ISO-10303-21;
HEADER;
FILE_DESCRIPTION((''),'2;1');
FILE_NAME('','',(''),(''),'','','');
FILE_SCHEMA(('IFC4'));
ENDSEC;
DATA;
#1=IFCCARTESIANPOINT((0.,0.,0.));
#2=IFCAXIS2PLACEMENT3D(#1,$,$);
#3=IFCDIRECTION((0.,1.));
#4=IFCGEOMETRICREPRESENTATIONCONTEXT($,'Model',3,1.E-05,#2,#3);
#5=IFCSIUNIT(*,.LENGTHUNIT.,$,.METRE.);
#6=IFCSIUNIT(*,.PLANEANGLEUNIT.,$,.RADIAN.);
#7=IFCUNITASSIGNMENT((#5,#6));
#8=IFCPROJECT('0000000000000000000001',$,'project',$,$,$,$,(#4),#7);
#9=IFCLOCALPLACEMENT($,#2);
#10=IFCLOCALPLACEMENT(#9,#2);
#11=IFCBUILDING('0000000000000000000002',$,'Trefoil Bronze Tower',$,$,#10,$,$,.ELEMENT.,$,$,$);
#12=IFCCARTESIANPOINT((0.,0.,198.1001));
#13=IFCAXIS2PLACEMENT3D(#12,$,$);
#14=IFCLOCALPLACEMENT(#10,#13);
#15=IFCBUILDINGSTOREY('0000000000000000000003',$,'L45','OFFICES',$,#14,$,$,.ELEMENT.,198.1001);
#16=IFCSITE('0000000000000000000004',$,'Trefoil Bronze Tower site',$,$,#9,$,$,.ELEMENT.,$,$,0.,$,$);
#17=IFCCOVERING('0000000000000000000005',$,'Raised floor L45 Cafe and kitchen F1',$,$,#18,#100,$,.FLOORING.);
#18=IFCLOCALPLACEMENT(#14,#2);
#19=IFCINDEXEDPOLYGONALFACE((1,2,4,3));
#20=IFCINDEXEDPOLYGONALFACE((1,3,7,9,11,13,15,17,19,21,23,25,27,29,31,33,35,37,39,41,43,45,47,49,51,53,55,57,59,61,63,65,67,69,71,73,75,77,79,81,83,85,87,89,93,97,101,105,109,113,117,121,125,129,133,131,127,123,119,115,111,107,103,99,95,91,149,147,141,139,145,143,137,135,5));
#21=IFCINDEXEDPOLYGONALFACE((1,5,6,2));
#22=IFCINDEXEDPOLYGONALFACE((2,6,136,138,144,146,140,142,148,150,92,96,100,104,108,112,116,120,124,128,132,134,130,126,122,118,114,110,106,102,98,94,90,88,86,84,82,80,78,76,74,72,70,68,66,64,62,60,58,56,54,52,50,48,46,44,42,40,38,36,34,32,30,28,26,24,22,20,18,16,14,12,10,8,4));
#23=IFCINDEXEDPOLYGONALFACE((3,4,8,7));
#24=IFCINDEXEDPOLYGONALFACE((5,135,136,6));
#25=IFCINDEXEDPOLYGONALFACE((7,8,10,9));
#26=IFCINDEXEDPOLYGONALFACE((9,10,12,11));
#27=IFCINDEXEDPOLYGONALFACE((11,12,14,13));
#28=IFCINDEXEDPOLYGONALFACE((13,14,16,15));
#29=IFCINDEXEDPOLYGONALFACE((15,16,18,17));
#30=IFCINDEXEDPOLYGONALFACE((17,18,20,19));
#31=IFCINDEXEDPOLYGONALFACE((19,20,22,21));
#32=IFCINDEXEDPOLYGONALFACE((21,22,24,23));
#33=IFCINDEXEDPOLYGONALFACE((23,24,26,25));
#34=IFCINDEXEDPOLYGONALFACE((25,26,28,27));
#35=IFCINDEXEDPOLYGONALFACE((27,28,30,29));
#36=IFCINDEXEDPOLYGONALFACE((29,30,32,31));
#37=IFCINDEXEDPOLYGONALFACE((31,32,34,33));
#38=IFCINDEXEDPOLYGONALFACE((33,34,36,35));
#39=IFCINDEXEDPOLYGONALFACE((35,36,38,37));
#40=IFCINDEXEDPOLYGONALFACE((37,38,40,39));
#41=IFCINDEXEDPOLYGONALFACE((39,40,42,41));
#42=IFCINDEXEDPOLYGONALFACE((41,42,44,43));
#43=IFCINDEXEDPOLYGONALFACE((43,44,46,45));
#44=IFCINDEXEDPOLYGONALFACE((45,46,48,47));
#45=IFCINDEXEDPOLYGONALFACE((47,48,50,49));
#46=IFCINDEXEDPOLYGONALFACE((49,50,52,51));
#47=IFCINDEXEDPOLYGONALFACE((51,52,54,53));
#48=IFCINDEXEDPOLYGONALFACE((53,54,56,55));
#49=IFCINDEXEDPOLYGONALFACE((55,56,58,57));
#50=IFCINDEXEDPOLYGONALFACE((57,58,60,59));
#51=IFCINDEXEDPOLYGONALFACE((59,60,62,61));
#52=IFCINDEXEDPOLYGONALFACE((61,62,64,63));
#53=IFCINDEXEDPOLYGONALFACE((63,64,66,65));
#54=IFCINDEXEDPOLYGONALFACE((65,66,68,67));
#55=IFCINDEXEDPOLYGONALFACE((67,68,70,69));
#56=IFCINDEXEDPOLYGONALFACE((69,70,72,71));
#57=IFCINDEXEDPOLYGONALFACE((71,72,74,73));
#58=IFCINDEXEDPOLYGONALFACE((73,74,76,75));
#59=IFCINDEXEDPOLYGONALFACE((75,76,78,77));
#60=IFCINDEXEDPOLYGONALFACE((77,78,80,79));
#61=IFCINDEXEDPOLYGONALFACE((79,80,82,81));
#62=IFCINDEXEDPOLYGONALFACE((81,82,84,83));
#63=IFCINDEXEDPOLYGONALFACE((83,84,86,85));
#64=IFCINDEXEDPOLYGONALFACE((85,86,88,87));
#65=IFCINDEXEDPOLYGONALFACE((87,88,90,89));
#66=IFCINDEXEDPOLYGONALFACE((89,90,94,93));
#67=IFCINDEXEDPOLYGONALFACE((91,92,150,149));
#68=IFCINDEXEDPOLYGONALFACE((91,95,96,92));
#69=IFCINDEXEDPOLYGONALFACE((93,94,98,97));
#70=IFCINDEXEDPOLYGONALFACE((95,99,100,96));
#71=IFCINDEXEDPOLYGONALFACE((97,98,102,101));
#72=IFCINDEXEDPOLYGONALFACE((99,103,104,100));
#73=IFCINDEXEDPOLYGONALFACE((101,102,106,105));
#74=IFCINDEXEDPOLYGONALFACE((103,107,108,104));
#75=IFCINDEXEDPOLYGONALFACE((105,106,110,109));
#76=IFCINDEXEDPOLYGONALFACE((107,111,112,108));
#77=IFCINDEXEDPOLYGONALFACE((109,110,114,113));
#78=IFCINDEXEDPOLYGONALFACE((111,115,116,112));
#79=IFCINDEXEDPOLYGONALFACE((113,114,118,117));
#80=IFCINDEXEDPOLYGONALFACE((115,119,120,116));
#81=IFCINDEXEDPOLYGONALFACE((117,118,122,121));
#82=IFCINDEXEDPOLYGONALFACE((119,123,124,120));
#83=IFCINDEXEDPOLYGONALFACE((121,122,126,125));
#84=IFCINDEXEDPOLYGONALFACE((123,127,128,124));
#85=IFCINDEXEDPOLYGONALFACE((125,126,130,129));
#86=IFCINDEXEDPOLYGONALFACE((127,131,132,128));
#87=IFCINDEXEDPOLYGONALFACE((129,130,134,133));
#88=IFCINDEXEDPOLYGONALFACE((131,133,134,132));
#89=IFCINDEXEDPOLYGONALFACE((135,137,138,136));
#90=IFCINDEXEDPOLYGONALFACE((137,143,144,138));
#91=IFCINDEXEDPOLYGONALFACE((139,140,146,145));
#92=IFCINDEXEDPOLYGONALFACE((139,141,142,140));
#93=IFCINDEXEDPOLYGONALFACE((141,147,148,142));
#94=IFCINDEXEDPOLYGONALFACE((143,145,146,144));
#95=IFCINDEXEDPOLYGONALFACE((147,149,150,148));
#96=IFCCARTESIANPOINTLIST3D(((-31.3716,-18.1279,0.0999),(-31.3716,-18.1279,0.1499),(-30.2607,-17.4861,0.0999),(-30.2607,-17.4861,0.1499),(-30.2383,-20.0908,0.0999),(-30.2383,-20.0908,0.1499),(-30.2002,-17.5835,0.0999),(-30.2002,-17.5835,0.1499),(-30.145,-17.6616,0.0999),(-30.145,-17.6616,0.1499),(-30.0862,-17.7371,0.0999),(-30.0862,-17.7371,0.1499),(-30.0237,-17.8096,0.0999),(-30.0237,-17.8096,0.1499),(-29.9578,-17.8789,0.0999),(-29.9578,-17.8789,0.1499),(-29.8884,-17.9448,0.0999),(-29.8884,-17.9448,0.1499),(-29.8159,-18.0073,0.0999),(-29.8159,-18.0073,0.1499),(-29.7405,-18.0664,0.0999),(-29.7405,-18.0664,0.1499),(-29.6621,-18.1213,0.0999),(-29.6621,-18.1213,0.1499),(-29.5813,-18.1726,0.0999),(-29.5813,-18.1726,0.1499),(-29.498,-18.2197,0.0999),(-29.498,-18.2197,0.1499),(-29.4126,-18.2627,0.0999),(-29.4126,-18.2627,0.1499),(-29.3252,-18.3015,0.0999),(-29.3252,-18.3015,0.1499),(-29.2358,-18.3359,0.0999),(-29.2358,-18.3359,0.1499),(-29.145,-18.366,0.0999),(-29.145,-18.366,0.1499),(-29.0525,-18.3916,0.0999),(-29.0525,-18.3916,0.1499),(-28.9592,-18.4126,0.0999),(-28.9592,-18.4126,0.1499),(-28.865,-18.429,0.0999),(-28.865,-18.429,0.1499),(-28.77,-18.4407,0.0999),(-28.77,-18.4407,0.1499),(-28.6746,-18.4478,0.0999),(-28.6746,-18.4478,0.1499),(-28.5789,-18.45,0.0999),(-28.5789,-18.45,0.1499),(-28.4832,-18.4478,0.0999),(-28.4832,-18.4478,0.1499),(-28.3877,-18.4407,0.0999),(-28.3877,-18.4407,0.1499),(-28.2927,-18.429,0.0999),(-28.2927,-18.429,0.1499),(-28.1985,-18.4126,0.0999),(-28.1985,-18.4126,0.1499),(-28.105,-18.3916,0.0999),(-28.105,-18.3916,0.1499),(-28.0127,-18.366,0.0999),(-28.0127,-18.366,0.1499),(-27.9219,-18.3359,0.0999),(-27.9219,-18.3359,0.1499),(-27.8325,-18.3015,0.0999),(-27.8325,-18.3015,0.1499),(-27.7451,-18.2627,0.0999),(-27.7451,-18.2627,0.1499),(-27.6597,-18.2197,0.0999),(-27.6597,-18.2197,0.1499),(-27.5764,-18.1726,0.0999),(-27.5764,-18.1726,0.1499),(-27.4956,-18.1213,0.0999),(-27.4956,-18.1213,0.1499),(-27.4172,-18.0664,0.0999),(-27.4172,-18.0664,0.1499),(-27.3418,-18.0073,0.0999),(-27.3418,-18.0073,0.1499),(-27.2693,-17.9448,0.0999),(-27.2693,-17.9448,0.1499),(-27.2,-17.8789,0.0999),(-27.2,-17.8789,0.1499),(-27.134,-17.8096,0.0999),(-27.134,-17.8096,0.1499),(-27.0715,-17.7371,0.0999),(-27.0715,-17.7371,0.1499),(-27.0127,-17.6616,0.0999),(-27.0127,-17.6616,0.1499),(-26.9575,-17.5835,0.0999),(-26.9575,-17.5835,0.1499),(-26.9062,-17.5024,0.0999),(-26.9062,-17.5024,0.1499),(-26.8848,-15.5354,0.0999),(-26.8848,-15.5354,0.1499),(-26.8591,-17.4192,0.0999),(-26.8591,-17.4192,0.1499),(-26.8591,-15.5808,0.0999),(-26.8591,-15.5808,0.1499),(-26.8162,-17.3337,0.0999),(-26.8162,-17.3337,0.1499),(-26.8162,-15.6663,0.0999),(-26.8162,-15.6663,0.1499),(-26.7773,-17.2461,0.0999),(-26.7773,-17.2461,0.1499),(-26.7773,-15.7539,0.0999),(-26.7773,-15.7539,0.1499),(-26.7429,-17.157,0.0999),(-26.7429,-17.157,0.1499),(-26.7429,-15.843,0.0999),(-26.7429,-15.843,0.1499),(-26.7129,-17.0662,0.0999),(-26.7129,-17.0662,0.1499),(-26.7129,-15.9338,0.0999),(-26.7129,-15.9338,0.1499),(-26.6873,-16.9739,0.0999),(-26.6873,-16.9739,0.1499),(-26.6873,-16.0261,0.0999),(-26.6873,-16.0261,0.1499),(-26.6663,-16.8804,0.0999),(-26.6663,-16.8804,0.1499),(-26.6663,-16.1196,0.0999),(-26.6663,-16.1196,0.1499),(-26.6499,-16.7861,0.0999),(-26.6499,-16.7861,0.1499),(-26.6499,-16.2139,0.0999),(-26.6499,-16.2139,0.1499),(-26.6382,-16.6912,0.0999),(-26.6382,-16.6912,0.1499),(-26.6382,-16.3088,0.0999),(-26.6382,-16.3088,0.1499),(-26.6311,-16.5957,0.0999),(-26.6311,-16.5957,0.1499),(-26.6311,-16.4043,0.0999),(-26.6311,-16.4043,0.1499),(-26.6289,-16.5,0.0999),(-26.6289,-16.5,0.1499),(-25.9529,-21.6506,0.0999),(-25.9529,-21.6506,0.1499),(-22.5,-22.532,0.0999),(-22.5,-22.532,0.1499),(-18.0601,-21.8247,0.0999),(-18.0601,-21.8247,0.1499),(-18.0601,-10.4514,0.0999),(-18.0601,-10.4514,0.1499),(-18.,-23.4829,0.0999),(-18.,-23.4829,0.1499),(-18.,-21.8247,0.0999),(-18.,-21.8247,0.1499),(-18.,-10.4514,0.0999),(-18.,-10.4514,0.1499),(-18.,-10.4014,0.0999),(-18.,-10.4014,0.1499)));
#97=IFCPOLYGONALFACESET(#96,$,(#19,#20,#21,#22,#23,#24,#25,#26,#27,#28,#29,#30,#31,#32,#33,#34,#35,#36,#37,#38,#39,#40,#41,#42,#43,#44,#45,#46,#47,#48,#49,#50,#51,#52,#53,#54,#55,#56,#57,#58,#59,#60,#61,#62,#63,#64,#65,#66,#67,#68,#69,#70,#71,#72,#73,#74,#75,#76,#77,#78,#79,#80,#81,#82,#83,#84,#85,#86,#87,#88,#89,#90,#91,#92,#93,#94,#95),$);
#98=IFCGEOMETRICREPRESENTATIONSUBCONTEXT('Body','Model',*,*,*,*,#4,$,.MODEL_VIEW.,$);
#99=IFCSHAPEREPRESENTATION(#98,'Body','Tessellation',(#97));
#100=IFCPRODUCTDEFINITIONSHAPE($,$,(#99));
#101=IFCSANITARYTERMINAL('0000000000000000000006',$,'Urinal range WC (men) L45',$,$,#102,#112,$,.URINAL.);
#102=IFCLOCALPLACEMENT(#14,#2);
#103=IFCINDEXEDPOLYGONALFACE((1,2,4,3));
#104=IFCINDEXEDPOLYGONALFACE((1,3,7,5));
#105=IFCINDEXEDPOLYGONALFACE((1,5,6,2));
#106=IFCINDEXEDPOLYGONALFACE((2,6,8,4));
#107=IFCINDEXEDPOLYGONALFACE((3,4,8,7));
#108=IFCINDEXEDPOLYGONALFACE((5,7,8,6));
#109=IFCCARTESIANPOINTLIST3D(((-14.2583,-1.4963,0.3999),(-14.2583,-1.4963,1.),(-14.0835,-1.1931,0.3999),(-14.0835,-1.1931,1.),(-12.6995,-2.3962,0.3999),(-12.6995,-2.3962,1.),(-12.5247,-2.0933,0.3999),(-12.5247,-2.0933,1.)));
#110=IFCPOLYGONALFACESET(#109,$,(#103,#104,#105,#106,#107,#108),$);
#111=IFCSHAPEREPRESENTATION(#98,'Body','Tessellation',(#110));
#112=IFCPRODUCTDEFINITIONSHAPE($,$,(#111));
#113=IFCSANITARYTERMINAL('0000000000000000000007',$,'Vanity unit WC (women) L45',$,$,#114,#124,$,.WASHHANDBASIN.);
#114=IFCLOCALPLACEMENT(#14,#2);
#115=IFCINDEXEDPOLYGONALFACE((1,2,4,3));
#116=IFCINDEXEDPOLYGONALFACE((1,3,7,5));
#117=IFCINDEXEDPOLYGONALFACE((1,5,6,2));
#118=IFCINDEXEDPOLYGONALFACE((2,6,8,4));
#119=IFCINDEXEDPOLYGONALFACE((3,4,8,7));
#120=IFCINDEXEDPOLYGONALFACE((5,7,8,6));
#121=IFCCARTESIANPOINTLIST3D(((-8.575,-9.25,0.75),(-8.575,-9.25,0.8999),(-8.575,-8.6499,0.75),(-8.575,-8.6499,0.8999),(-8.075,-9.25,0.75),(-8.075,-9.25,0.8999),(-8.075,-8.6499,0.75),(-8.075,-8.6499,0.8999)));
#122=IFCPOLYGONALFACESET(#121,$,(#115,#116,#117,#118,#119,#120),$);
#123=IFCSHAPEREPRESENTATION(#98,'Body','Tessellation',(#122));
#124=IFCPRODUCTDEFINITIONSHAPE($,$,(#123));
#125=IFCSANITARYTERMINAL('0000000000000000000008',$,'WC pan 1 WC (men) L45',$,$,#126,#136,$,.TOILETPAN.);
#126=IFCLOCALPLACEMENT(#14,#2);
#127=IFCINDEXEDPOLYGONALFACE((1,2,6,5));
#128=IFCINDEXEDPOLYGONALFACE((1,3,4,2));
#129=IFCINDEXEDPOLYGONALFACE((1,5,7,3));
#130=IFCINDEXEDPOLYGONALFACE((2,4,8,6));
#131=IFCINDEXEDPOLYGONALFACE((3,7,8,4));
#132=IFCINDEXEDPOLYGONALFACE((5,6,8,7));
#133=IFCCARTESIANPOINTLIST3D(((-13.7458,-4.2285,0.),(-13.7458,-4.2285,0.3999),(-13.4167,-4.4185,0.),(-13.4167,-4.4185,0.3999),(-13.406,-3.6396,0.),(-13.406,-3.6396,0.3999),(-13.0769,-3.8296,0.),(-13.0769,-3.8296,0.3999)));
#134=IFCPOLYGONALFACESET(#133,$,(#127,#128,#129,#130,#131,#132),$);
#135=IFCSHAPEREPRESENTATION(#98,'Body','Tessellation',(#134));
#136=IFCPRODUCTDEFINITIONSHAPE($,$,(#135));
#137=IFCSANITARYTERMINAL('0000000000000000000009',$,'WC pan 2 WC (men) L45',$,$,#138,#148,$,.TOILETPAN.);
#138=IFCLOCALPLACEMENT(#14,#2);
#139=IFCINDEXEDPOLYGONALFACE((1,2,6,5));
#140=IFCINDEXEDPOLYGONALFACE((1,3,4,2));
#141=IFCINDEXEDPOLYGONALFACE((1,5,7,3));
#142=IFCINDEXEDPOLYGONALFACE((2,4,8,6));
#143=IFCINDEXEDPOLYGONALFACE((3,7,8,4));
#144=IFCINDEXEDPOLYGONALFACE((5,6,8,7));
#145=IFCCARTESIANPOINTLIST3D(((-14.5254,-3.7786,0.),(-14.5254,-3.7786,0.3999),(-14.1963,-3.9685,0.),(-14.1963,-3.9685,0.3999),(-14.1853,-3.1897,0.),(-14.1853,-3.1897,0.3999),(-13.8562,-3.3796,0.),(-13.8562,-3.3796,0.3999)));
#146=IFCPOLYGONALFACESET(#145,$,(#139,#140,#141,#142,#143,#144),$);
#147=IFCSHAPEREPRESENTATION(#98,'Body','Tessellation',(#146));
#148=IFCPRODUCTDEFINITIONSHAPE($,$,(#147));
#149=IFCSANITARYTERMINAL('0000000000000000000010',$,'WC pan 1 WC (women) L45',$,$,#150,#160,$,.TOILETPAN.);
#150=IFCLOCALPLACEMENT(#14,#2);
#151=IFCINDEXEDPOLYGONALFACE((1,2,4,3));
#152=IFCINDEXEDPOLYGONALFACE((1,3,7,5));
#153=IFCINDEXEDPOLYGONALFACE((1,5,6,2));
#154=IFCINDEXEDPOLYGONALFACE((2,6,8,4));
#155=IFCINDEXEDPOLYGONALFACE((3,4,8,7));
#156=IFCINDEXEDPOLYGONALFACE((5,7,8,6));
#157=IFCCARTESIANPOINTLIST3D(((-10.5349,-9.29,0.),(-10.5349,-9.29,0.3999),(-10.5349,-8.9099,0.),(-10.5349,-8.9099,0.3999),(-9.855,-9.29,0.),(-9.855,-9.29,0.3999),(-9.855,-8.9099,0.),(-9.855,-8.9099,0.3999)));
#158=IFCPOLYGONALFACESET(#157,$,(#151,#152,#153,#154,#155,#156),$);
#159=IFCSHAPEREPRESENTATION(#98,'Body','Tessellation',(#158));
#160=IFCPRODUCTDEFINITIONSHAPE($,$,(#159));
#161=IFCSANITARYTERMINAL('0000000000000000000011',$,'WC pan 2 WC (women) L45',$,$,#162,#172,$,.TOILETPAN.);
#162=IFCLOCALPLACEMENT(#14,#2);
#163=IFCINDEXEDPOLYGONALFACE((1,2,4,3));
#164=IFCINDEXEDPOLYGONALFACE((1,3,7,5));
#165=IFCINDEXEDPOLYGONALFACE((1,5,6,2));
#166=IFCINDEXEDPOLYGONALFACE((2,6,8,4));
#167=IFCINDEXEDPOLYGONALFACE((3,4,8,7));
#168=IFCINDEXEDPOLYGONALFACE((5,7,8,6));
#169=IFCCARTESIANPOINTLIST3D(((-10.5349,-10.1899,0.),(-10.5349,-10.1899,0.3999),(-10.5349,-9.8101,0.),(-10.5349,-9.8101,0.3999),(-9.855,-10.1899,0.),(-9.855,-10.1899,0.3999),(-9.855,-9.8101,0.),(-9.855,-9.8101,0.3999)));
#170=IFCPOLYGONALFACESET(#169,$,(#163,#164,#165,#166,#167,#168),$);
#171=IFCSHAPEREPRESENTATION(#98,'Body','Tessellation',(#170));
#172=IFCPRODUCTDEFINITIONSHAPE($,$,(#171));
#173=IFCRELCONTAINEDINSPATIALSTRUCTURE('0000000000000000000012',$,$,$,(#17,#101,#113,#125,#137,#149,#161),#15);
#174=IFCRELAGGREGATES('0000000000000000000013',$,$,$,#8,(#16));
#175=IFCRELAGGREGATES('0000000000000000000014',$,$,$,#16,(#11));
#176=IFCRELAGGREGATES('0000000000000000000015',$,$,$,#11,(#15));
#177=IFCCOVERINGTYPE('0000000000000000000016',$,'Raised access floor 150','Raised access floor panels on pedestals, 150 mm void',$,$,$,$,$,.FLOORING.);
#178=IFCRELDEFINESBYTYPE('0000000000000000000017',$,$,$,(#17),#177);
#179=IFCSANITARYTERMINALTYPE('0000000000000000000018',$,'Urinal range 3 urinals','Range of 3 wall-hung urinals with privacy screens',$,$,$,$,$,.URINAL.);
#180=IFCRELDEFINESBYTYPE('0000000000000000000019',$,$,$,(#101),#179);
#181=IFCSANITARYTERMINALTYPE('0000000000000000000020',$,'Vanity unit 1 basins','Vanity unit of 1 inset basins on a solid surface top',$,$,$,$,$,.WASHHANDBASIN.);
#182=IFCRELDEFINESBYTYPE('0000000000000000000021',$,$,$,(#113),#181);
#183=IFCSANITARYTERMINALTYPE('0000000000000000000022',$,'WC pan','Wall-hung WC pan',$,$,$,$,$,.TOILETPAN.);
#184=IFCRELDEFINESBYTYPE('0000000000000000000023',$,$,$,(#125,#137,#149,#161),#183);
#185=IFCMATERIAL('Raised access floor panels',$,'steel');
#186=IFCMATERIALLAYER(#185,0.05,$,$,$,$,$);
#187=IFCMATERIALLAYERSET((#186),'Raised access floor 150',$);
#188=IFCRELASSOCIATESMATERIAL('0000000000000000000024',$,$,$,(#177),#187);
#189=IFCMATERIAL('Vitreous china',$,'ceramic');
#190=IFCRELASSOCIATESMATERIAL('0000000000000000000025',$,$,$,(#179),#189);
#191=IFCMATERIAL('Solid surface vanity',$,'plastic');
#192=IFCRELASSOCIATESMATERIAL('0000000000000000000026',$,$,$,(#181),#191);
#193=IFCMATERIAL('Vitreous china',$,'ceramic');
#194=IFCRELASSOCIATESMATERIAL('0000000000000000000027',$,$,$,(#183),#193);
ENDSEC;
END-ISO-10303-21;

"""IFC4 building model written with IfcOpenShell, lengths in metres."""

from ifc_helpers import new_model, si_unit, direction, frame, origin, place, context, subcontext, project, spatial, polyline, outline, extrude, material, layer, layer_set, type_object, element, save


model = new_model("IFC4")

# Units and contexts
model_context = context("Model", 3, precision=1e-05, world=origin(), true_north=direction((0.0, 1.0)))
body_context = subcontext(model_context, "Body", "Model", "MODEL_VIEW")
ifc_project = project(units=[si_unit("LENGTHUNIT", "METRE"), si_unit("PLANEANGLEUNIT", "RADIAN")], contexts=[model_context])

# Site, building, storey
site_placement = place(None, origin())
site = spatial("IfcSite", under=ifc_project, at=site_placement, Name="Trefoil Bronze Tower site", CompositionType="ELEMENT", RefElevation=0.0)
building_placement = place(site_placement, origin())
building = spatial("IfcBuilding", under=site, at=building_placement, Name="Trefoil Bronze Tower", CompositionType="ELEMENT")
storey_placement = place(building_placement, frame((0.0, 0.0, 198.1001)))
storey = spatial("IfcBuildingStorey", under=building, at=storey_placement, Name="L45", Description="OFFICES", CompositionType="ELEMENT", Elevation=198.1001)

# Covering
ifc_material_1 = material(Name="Raised access floor panels", Category="steel")
ifc_layer_1 = layer(ifc_material_1, 0.05)
ifc_layer_set_1 = layer_set([ifc_layer_1], Name="Raised access floor 150")
covering_type_1 = type_object("IfcCoveringType", Name="Raised access floor 150", Description="Raised access floor panels on pedestals, 150 mm void", PredefinedType="FLOORING", material=ifc_layer_set_1)
covering_1_placement = place(storey_placement, frame((0.0, 0.0, 0.0999)))
element("IfcCovering", 1, at=covering_1_placement, inside=storey, type_object=covering_type_1, Name="Raised floor L45 Cafe and kitchen F1", PredefinedType="FLOORING", context=body_context, shape_type="SweptSolid", body=[
    extrude(outline(polyline([(-26.8848, -15.5354), (-18.0, -10.4014), (-18.0, -10.4514), (-18.0601, -10.4514), (-18.0601, -21.8247), (-18.0, -21.8247), (-18.0, -23.4829), (-22.5, -22.532), (-25.9529, -21.6506), (-30.2383, -20.0908), (-31.3716, -18.1279), (-30.2607, -17.4861), (-30.2002, -17.5835), (-30.145, -17.6616), (-30.0862, -17.7371), (-30.0237, -17.8096), (-29.9578, -17.8789), (-29.8884, -17.9448), (-29.8159, -18.0073), (-29.7405, -18.0664), (-29.6621, -18.1213), (-29.5813, -18.1726), (-29.498, -18.2197), (-29.4126, -18.2627), (-29.3252, -18.3015), (-29.2358, -18.3359), (-29.145, -18.366), (-29.0525, -18.3916), (-28.9592, -18.4126), (-28.865, -18.429), (-28.77, -18.4407), (-28.6746, -18.4478), (-28.5789, -18.45), (-28.4832, -18.4478), (-28.3877, -18.4407), (-28.2927, -18.429), (-28.1985, -18.4126), (-28.105, -18.3916), (-28.0127, -18.366), (-27.9219, -18.3359), (-27.8325, -18.3015), (-27.7451, -18.2627), (-27.6597, -18.2197), (-27.5764, -18.1726), (-27.4956, -18.1213), (-27.4172, -18.0664), (-27.3418, -18.0073), (-27.2693, -17.9448), (-27.2, -17.8789), (-27.134, -17.8096), (-27.0715, -17.7371), (-27.0127, -17.6616), (-26.9575, -17.5835), (-26.9062, -17.5024), (-26.8591, -17.4192), (-26.8162, -17.3337), (-26.7773, -17.2461), (-26.7429, -17.157), (-26.7129, -17.0662), (-26.6873, -16.9739), (-26.6663, -16.8804), (-26.6499, -16.7861), (-26.6382, -16.6912), (-26.6311, -16.5957), (-26.6289, -16.5), (-26.6311, -16.4043), (-26.6382, -16.3088), (-26.6499, -16.2139), (-26.6663, -16.1196), (-26.6873, -16.0261), (-26.7129, -15.9338), (-26.7429, -15.843), (-26.7773, -15.7539), (-26.8162, -15.6663), (-26.8591, -15.5808), (-26.8848, -15.5354)])), origin(), (0.0, 0.0, 1.0), 0.05),
])

# Sanitary terminals
ifc_material_2 = material(Name="Vitreous china", Category="ceramic")
sanitary_terminal_type_1 = type_object("IfcSanitaryTerminalType", Name="Urinal range 3 urinals", Description="Range of 3 wall-hung urinals with privacy screens", PredefinedType="URINAL", material=ifc_material_2)
sanitary_terminal_1_placement = place(storey_placement, frame((0.0, 0.0, 0.3999)))
element("IfcSanitaryTerminal", 2, at=sanitary_terminal_1_placement, inside=storey, type_object=sanitary_terminal_type_1, Name="Urinal range WC (men) L45", PredefinedType="URINAL", context=body_context, shape_type="SweptSolid", body=[
    extrude(outline(polyline([(-12.5247, -2.0933), (-12.6995, -2.3962), (-14.2583, -1.4963), (-14.0835, -1.1931), (-12.5247, -2.0933)])), origin(), (0.0, 0.0, 1.0), 0.6001),
])
ifc_material_3 = material(Name="Solid surface vanity", Category="plastic")
sanitary_terminal_type_2 = type_object("IfcSanitaryTerminalType", Name="Vanity unit 1 basins", Description="Vanity unit of 1 inset basins on a solid surface top", PredefinedType="WASHHANDBASIN", material=ifc_material_3)
sanitary_terminal_2_placement = place(storey_placement, frame((0.0, 0.0, 0.75)))
element("IfcSanitaryTerminal", 3, at=sanitary_terminal_2_placement, inside=storey, type_object=sanitary_terminal_type_2, Name="Vanity unit WC (women) L45", PredefinedType="WASHHANDBASIN", context=body_context, shape_type="SweptSolid", body=[
    extrude(outline(polyline([(-8.075, -8.6499), (-8.575, -8.6499), (-8.575, -9.25), (-8.075, -9.25), (-8.075, -8.6499)])), origin(), (0.0, 0.0, 1.0), 0.1499),
])
ifc_material_4 = material(Name="Vitreous china", Category="ceramic")
sanitary_terminal_type_3 = type_object("IfcSanitaryTerminalType", Name="WC pan", Description="Wall-hung WC pan", PredefinedType="TOILETPAN", material=ifc_material_4)
sanitary_terminal_3_placement = place(storey_placement, origin())
element("IfcSanitaryTerminal", 4, at=sanitary_terminal_3_placement, inside=storey, type_object=sanitary_terminal_type_3, Name="WC pan 1 WC (men) L45", PredefinedType="TOILETPAN", context=body_context, shape_type="SweptSolid", body=[
    extrude(outline(polyline([(-13.0769, -3.8296), (-13.4167, -4.4185), (-13.7458, -4.2285), (-13.406, -3.6396), (-13.0769, -3.8296)])), origin(), (0.0, 0.0, 1.0), 0.3999),
])
sanitary_terminal_4_placement = place(storey_placement, origin())
element("IfcSanitaryTerminal", 5, at=sanitary_terminal_4_placement, inside=storey, type_object=sanitary_terminal_type_3, Name="WC pan 2 WC (men) L45", PredefinedType="TOILETPAN", context=body_context, shape_type="SweptSolid", body=[
    extrude(outline(polyline([(-13.8562, -3.3796), (-14.1963, -3.9685), (-14.5254, -3.7786), (-14.1853, -3.1897), (-13.8562, -3.3796)])), origin(), (0.0, 0.0, 1.0), 0.3999),
])
sanitary_terminal_5_placement = place(storey_placement, origin())
element("IfcSanitaryTerminal", 6, at=sanitary_terminal_5_placement, inside=storey, type_object=sanitary_terminal_type_3, Name="WC pan 1 WC (women) L45", PredefinedType="TOILETPAN", context=body_context, shape_type="SweptSolid", body=[
    extrude(outline(polyline([(-9.855, -8.9099), (-10.5349, -8.9099), (-10.5349, -9.29), (-9.855, -9.29), (-9.855, -8.9099)])), origin(), (0.0, 0.0, 1.0), 0.3999),
])
sanitary_terminal_6_placement = place(storey_placement, origin())
element("IfcSanitaryTerminal", 7, at=sanitary_terminal_6_placement, inside=storey, type_object=sanitary_terminal_type_3, Name="WC pan 2 WC (women) L45", PredefinedType="TOILETPAN", context=body_context, shape_type="SweptSolid", body=[
    extrude(outline(polyline([(-9.855, -9.8101), (-10.5349, -9.8101), (-10.5349, -10.1899), (-9.855, -10.1899), (-9.855, -9.8101)])), origin(), (0.0, 0.0, 1.0), 0.3999),
])

save(model, "model.ifc")
